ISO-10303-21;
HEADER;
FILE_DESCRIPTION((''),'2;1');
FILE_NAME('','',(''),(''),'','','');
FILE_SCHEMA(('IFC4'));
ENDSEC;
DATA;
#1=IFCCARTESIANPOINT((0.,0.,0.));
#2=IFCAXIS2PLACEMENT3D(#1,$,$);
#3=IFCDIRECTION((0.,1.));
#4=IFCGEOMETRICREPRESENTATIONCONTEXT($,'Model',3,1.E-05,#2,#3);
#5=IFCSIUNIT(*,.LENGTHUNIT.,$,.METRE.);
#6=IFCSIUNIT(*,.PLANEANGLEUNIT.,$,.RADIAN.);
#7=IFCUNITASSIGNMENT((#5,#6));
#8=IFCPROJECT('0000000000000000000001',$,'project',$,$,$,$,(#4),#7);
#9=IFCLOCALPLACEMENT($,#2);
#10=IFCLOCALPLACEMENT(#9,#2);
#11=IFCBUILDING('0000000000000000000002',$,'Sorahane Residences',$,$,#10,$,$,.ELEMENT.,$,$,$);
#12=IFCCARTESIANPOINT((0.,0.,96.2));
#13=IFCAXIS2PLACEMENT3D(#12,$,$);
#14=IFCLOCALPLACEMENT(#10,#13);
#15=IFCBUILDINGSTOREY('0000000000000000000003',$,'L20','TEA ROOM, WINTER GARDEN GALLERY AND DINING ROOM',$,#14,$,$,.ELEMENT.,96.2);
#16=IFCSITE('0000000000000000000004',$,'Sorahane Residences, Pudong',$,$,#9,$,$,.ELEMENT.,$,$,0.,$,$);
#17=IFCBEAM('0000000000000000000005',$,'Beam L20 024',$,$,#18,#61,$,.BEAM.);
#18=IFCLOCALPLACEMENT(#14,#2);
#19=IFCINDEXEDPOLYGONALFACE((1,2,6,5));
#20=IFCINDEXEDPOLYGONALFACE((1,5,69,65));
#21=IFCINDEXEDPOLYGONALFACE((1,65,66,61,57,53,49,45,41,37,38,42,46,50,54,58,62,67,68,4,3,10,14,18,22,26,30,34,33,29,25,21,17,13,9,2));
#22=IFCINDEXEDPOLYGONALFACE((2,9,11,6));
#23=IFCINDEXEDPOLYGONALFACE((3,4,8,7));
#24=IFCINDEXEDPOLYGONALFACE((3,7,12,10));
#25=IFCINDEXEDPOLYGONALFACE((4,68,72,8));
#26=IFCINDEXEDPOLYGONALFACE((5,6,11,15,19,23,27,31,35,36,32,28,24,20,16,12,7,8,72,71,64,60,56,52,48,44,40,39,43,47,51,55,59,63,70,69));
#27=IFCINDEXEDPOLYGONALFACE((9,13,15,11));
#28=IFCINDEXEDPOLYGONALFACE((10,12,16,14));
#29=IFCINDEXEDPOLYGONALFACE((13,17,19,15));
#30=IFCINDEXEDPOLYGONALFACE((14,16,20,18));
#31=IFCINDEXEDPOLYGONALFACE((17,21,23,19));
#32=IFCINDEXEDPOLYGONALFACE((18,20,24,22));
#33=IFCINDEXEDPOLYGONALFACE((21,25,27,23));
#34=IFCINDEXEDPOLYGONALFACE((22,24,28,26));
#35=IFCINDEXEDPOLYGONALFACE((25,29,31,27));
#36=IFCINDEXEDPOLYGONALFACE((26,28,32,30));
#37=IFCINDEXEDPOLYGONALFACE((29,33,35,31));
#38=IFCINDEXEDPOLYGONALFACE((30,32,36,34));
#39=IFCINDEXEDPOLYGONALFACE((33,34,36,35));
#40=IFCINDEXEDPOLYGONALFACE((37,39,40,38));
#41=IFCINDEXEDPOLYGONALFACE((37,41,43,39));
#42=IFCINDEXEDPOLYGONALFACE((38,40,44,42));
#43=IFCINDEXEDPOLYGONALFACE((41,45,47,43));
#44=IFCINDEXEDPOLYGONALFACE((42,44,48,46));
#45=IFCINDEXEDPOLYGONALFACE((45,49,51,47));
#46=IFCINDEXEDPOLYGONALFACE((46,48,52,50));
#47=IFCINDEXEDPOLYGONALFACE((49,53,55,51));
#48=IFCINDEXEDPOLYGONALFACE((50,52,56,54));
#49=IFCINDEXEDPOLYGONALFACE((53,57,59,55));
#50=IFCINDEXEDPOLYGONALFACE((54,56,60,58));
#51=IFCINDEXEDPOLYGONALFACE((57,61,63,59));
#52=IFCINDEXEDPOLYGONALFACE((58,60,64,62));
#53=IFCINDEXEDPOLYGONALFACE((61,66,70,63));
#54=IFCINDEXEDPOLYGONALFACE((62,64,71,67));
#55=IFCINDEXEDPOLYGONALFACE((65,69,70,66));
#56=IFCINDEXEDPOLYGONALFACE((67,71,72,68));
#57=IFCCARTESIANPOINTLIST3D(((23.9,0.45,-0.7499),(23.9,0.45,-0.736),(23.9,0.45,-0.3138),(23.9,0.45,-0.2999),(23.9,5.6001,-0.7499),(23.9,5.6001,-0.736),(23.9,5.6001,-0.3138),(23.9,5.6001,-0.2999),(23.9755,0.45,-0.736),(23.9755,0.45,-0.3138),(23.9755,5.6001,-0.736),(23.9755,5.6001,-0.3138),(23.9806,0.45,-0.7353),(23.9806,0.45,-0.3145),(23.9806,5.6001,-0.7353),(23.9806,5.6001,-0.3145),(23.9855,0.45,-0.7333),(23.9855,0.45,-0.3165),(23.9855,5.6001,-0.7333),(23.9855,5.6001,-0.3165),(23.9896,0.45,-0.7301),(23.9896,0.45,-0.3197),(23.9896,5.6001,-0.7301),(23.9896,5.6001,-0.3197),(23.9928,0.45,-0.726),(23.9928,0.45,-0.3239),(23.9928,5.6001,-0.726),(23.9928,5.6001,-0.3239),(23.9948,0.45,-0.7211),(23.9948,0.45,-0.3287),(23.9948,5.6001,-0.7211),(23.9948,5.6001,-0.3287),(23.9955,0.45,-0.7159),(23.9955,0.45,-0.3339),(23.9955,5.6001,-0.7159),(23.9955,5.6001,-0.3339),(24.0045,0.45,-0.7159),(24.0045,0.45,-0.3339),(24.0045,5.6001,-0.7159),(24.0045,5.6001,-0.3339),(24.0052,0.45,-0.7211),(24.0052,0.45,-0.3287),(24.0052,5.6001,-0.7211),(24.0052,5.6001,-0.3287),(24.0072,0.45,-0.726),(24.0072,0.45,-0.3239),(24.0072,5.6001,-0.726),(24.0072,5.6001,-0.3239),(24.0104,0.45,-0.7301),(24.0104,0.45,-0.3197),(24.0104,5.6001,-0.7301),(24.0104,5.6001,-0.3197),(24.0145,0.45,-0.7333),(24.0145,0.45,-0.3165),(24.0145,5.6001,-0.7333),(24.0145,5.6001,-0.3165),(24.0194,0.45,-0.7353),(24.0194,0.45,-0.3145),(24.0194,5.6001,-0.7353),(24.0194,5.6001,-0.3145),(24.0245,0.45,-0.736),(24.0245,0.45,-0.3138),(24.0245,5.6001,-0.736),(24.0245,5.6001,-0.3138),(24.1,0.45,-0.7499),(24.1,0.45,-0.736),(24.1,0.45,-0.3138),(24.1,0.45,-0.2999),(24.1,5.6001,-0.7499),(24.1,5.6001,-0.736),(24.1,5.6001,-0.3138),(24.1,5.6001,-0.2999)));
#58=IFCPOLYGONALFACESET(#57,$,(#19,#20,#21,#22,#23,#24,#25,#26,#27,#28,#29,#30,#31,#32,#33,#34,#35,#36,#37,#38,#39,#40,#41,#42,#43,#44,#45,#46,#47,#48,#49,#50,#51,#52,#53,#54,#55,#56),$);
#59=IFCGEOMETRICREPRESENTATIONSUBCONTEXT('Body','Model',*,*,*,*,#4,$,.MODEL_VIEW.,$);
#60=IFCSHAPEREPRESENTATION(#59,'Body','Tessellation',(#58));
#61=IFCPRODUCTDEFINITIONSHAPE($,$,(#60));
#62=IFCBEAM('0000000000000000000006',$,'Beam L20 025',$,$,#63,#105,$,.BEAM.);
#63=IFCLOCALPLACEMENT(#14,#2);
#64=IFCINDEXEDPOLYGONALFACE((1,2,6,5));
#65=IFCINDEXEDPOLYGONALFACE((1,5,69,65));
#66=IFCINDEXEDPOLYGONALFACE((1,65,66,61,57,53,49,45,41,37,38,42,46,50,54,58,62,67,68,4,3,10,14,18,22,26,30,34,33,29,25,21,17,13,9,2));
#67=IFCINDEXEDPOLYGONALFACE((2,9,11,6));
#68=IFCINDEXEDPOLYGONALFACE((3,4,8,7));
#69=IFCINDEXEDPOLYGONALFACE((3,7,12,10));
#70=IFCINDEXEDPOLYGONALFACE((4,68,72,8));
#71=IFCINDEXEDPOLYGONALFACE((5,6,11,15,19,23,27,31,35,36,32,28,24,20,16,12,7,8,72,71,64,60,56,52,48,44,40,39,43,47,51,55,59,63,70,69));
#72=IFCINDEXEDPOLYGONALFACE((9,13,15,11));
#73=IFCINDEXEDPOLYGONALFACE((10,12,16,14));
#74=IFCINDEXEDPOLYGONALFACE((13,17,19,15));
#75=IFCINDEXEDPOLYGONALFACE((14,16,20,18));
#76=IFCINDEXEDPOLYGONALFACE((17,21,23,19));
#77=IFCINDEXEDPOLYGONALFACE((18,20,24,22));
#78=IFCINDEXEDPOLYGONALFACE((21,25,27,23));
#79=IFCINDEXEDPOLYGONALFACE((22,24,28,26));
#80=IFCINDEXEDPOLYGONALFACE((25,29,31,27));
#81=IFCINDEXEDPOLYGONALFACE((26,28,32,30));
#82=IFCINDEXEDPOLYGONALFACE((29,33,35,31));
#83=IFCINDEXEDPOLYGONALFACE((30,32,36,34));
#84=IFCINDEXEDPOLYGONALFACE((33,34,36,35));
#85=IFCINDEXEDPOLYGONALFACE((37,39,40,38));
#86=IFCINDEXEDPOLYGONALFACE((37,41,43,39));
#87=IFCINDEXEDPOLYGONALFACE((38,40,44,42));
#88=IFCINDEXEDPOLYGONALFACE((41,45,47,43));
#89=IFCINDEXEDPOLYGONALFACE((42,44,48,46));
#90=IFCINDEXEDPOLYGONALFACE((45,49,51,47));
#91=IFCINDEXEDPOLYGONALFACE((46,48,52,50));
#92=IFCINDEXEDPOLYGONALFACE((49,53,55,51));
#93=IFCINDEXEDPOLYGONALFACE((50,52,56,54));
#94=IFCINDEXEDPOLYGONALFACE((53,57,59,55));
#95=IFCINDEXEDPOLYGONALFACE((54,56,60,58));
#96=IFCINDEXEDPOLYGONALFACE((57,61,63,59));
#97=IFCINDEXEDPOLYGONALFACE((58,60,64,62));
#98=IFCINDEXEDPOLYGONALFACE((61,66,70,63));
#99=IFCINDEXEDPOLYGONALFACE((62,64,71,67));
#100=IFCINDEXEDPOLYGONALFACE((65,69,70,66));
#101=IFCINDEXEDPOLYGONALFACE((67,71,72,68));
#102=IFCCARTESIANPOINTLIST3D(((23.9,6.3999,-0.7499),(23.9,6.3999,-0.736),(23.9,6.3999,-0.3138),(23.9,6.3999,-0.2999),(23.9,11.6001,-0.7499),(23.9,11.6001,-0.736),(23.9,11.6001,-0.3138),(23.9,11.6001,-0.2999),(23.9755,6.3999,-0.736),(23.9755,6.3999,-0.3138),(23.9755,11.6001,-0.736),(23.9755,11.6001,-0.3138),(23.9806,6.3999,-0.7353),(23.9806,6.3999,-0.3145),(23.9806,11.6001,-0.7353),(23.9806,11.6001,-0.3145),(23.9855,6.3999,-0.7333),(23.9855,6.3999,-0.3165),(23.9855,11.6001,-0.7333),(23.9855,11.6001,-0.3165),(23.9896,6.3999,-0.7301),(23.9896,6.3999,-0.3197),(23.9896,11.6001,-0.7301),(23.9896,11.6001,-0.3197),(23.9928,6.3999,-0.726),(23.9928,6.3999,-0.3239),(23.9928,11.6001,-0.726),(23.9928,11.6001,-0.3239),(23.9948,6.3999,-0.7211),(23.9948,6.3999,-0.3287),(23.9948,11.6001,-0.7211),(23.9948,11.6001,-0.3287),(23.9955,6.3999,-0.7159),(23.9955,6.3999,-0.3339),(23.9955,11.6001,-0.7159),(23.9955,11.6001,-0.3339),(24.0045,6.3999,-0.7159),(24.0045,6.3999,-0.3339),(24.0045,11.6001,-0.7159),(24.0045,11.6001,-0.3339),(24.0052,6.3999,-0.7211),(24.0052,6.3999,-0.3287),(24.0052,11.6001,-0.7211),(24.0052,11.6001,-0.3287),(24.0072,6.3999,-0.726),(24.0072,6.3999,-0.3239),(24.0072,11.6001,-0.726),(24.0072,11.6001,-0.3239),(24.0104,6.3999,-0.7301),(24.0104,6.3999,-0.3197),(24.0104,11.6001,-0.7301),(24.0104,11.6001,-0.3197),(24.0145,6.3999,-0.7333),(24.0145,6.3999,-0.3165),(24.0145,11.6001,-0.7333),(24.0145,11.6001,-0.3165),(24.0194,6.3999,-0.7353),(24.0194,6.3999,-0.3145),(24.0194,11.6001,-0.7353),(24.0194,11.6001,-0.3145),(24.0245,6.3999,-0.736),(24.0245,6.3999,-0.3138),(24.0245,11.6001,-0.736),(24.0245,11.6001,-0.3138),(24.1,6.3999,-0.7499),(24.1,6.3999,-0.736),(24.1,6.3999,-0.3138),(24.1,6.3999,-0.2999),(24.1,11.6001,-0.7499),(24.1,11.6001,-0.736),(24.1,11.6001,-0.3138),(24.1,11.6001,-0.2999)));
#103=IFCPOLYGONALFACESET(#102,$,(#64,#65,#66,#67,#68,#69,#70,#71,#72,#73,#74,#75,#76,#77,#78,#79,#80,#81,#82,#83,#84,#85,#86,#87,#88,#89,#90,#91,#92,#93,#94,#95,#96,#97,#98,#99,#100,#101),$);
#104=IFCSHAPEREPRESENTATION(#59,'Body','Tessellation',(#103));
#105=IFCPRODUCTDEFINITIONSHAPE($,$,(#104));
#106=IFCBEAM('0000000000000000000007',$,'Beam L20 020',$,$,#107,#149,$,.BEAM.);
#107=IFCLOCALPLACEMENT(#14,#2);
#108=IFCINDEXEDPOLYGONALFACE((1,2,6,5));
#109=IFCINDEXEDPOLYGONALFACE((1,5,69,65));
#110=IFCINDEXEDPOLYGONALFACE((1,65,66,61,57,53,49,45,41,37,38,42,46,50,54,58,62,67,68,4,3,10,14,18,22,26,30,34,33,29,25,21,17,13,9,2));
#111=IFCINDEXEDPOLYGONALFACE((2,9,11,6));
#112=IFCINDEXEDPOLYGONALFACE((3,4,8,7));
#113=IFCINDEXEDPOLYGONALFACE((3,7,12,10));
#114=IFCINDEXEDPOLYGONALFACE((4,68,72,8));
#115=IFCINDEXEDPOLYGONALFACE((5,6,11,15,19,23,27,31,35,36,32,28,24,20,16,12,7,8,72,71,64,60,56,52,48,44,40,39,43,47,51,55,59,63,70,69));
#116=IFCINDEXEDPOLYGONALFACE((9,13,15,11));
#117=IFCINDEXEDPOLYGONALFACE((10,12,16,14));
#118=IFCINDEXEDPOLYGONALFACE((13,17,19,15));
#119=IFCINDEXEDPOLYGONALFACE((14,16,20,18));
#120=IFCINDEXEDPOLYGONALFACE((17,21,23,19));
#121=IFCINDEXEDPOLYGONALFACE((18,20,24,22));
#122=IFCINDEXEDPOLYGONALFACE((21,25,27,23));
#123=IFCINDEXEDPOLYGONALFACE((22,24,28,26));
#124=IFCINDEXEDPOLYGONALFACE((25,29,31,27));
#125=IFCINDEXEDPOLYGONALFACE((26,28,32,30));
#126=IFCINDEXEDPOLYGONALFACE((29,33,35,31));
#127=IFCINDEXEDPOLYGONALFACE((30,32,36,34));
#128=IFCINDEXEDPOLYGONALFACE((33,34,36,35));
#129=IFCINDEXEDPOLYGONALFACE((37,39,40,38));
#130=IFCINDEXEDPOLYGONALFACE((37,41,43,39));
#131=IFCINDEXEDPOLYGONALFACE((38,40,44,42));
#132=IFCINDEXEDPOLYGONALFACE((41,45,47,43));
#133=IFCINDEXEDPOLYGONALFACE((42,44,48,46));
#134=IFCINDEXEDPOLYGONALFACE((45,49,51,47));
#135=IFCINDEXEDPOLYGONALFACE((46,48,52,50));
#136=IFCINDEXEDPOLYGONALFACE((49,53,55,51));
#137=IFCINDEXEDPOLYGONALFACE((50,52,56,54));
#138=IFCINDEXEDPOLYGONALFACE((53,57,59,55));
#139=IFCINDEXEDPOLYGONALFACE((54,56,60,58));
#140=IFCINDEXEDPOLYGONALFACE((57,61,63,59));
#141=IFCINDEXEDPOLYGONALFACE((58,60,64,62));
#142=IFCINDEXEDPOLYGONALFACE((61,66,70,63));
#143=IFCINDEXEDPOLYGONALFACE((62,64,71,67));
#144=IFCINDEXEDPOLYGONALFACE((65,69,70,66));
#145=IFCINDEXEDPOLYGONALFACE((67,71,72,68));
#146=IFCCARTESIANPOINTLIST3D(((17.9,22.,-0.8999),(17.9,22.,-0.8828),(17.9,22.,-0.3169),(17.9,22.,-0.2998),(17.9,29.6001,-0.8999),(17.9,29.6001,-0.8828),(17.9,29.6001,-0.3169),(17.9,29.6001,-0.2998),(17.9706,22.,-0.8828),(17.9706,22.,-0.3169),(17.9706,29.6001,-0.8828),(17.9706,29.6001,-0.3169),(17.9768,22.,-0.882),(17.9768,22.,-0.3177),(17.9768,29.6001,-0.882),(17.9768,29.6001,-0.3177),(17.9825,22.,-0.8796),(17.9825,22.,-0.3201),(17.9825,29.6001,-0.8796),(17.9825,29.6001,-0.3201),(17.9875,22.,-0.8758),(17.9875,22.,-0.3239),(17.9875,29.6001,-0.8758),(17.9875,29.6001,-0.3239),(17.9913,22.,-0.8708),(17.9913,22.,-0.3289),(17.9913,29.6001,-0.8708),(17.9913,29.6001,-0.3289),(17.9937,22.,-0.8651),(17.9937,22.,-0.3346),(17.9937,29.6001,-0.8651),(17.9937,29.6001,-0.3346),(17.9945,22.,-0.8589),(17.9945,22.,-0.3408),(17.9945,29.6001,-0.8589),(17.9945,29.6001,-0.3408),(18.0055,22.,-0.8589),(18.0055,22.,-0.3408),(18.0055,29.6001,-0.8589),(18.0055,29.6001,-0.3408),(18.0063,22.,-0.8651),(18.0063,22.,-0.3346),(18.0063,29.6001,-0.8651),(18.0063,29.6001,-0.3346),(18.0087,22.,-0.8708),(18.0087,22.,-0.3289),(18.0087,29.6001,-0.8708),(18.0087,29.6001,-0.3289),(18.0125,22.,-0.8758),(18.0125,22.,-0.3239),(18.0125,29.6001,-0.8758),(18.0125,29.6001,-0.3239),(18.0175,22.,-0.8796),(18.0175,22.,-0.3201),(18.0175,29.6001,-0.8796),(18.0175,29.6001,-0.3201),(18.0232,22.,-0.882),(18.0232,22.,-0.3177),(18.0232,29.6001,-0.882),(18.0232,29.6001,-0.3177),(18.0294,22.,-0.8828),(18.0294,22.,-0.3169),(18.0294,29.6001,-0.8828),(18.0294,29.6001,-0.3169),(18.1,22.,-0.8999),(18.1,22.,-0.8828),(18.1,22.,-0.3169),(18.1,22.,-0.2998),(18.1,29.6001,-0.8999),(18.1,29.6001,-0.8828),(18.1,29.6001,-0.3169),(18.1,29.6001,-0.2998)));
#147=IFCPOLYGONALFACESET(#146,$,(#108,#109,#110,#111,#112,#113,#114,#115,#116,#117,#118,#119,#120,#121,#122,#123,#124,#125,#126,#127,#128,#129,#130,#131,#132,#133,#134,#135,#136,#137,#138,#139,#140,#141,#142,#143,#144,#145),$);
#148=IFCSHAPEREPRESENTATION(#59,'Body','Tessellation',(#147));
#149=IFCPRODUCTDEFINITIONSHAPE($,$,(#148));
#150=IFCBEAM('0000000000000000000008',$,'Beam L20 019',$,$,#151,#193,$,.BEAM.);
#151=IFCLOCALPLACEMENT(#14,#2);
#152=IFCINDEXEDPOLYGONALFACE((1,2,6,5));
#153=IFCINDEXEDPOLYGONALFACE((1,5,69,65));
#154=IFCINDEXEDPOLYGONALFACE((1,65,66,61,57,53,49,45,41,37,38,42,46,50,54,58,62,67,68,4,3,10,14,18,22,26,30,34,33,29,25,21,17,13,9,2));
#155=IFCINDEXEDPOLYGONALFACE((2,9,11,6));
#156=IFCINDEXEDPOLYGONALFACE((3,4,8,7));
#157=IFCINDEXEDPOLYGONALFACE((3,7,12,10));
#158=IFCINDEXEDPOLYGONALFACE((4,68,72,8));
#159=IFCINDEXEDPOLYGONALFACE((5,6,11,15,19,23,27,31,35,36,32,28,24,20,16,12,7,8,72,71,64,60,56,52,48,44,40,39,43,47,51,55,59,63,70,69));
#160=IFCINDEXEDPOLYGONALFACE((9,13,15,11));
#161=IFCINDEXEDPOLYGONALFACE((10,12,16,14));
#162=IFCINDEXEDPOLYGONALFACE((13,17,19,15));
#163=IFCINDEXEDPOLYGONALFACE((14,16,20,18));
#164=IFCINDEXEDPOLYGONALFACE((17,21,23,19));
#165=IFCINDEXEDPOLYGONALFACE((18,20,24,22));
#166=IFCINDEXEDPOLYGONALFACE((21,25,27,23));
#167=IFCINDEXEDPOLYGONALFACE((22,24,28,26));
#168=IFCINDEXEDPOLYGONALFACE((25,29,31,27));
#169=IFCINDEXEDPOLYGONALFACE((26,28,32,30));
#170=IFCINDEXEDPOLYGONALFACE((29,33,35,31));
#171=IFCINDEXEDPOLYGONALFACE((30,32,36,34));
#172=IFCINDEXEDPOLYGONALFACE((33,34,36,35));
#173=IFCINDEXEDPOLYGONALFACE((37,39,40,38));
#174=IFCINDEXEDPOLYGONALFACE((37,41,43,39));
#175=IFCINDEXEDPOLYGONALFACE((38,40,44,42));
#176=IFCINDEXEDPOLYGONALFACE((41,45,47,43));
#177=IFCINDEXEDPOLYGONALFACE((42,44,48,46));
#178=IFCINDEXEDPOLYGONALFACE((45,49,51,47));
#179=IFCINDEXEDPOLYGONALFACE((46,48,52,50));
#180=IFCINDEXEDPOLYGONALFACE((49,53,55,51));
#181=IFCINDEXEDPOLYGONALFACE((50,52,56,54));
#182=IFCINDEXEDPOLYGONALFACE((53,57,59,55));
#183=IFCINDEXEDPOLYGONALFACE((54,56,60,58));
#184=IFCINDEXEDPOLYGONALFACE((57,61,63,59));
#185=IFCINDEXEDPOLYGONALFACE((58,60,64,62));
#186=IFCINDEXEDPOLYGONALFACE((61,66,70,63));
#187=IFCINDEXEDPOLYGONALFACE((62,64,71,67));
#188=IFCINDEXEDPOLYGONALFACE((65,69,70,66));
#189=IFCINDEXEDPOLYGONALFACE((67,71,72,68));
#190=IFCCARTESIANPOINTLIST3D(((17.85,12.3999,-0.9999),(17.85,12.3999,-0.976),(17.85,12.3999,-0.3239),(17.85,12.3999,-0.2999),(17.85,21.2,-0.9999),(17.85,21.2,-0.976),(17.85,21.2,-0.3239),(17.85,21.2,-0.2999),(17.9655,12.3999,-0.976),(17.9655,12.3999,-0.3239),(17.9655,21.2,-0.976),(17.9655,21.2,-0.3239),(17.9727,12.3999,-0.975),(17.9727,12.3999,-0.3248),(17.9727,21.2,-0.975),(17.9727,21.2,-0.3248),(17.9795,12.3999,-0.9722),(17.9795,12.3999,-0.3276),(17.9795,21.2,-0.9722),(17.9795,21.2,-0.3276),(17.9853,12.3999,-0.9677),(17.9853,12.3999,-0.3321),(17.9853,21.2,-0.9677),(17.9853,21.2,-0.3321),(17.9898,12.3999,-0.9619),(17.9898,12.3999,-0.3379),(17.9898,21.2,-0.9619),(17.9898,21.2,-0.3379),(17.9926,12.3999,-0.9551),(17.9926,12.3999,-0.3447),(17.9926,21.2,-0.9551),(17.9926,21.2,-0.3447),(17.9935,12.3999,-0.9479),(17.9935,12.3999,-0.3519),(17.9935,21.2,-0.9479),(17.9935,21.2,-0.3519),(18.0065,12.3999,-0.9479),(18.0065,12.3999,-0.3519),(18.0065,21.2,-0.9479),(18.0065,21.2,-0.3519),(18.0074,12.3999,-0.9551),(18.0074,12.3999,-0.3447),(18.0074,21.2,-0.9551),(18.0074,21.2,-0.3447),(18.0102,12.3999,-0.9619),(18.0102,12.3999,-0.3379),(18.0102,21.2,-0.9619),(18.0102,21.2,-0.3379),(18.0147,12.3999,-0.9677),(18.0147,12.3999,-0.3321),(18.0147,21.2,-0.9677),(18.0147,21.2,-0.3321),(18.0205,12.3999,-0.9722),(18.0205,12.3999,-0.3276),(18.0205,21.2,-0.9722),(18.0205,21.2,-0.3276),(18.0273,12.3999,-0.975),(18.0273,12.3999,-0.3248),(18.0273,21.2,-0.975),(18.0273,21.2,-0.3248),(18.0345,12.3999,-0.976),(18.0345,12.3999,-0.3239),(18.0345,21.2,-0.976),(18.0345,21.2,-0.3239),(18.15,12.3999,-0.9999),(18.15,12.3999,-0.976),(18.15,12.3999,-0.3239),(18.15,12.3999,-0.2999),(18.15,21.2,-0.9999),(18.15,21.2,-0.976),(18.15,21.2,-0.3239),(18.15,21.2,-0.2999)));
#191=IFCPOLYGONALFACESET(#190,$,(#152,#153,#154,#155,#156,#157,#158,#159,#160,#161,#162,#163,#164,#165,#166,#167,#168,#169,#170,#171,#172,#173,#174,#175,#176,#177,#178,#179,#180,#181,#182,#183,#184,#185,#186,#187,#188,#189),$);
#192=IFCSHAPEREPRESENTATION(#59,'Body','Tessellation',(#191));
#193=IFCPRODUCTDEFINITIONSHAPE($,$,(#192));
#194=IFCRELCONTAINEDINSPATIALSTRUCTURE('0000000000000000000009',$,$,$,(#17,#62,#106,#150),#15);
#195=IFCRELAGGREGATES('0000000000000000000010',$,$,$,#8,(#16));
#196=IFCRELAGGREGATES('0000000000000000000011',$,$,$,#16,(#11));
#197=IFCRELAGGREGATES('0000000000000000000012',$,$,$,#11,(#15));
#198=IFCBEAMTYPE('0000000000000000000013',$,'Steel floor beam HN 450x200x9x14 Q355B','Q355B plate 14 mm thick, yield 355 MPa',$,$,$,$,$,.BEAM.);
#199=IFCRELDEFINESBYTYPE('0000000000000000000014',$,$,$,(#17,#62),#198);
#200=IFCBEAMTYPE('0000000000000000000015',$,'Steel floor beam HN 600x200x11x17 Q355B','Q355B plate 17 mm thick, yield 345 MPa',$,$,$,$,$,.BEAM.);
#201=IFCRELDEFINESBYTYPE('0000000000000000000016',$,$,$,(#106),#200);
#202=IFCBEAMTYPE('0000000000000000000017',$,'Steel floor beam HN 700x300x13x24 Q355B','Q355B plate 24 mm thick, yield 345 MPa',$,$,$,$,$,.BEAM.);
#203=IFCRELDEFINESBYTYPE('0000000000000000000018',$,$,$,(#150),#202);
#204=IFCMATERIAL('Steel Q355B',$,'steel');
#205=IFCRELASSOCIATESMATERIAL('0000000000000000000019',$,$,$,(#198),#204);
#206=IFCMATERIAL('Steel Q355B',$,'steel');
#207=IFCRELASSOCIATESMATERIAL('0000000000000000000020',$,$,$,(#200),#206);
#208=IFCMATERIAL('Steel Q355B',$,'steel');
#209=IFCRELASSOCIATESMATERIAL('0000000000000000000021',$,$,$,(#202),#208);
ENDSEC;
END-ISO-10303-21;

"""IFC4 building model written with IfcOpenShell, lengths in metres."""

from ifc_helpers import new_model, si_unit, direction, frame, origin, origin_2d, place, context, subcontext, project, spatial, i_section, extrude, material, material_profile, profile_set, type_object, element, save


model = new_model("IFC4")

# Units and contexts
model_context = context("Model", 3, precision=1e-05, world=origin(), true_north=direction((0.0, 1.0)))
body_context = subcontext(model_context, "Body", "Model", "MODEL_VIEW")
ifc_project = project(units=[si_unit("LENGTHUNIT", "METRE"), si_unit("PLANEANGLEUNIT", "RADIAN")], contexts=[model_context])

# Site, building, storey
site_placement = place(None, origin())
site = spatial("IfcSite", under=ifc_project, at=site_placement, Name="Sorahane Residences, Pudong", CompositionType="ELEMENT", RefElevation=0.0)
building_placement = place(site_placement, origin())
building = spatial("IfcBuilding", under=site, at=building_placement, Name="Sorahane Residences", CompositionType="ELEMENT")
storey_placement = place(building_placement, frame((0.0, 0.0, 96.2)))
storey = spatial("IfcBuildingStorey", under=building, at=storey_placement, Name="L20", Description="TEA ROOM, WINTER GARDEN GALLERY AND DINING ROOM", CompositionType="ELEMENT", Elevation=96.2)

# Beams
ifc_material_1 = material(Name="Steel Q355B", Category="steel")
ifc_material_profile_1 = material_profile(ifc_material_1, i_section(OverallWidth=0.2, OverallDepth=0.45, WebThickness=0.009, FlangeThickness=0.0139, FilletRadius=0.02, at=origin_2d()), Name="HN 450x200x9x14")
ifc_profile_set_1 = profile_set([ifc_material_profile_1], Name="Steel Q355B")
beam_type_1 = type_object("IfcBeamType", Name="Steel floor beam HN 450x200x9x14 Q355B", Description="Q355B plate 14 mm thick, yield 355 MPa", PredefinedType="BEAM", material=ifc_profile_set_1)
beam_1_placement = place(storey_placement, frame((24.0, 0.45, -0.5249), z_axis=(0.0, 1.0, 0.0), x_axis=(-1.0, 0.0, 0.0)))
element("IfcBeam", 1, at=beam_1_placement, inside=storey, type_object=beam_type_1, Name="Beam L20 024", PredefinedType="BEAM", context=body_context, shape_type="SweptSolid", body=[
    extrude(i_section(OverallWidth=0.2, OverallDepth=0.45, WebThickness=0.009, FlangeThickness=0.0139, FilletRadius=0.02, at=origin_2d()), origin(), (0.0, 0.0, 1.0), 5.1501),
])
beam_2_placement = place(storey_placement, frame((24.0, 6.3999, -0.5249), z_axis=(0.0, 1.0, 0.0), x_axis=(-1.0, 0.0, 0.0)))
element("IfcBeam", 2, at=beam_2_placement, inside=storey, type_object=beam_type_1, Name="Beam L20 025", PredefinedType="BEAM", context=body_context, shape_type="SweptSolid", body=[
    extrude(i_section(OverallWidth=0.2, OverallDepth=0.45, WebThickness=0.009, FlangeThickness=0.0139, FilletRadius=0.02, at=origin_2d()), origin(), (0.0, 0.0, 1.0), 5.2002),
])
ifc_material_2 = material(Name="Steel Q355B", Category="steel")
ifc_material_profile_2 = material_profile(ifc_material_2, i_section(OverallWidth=0.2, OverallDepth=0.6001, WebThickness=0.011, FlangeThickness=0.0171, FilletRadius=0.0239, at=origin_2d()), Name="HN 600x200x11x17")
ifc_profile_set_2 = profile_set([ifc_material_profile_2], Name="Steel Q355B")
beam_type_2 = type_object("IfcBeamType", Name="Steel floor beam HN 600x200x11x17 Q355B", Description="Q355B plate 17 mm thick, yield 345 MPa", PredefinedType="BEAM", material=ifc_profile_set_2)
beam_3_placement = place(storey_placement, frame((18.0, 22.0, -0.5999), z_axis=(0.0, 1.0, 0.0), x_axis=(-1.0, 0.0, 0.0)))
element("IfcBeam", 3, at=beam_3_placement, inside=storey, type_object=beam_type_2, Name="Beam L20 020", PredefinedType="BEAM", context=body_context, shape_type="SweptSolid", body=[
    extrude(i_section(OverallWidth=0.2, OverallDepth=0.6001, WebThickness=0.011, FlangeThickness=0.0171, FilletRadius=0.0239, at=origin_2d()), origin(), (0.0, 0.0, 1.0), 7.6001),
])
ifc_material_3 = material(Name="Steel Q355B", Category="steel")
ifc_material_profile_3 = material_profile(ifc_material_3, i_section(OverallWidth=0.3, OverallDepth=0.7, WebThickness=0.0129, FlangeThickness=0.0239, FilletRadius=0.0281, at=origin_2d()), Name="HN 700x300x13x24")
ifc_profile_set_3 = profile_set([ifc_material_profile_3], Name="Steel Q355B")
beam_type_3 = type_object("IfcBeamType", Name="Steel floor beam HN 700x300x13x24 Q355B", Description="Q355B plate 24 mm thick, yield 345 MPa", PredefinedType="BEAM", material=ifc_profile_set_3)
beam_4_placement = place(storey_placement, frame((18.0, 12.3999, -0.6499), z_axis=(0.0, 1.0, 0.0), x_axis=(-1.0, 0.0, 0.0)))
element("IfcBeam", 4, at=beam_4_placement, inside=storey, type_object=beam_type_3, Name="Beam L20 019", PredefinedType="BEAM", context=body_context, shape_type="SweptSolid", body=[
    extrude(i_section(OverallWidth=0.3, OverallDepth=0.7, WebThickness=0.0129, FlangeThickness=0.0239, FilletRadius=0.0281, at=origin_2d()), origin(), (0.0, 0.0, 1.0), 8.8),
])

save(model, "model.ifc")
